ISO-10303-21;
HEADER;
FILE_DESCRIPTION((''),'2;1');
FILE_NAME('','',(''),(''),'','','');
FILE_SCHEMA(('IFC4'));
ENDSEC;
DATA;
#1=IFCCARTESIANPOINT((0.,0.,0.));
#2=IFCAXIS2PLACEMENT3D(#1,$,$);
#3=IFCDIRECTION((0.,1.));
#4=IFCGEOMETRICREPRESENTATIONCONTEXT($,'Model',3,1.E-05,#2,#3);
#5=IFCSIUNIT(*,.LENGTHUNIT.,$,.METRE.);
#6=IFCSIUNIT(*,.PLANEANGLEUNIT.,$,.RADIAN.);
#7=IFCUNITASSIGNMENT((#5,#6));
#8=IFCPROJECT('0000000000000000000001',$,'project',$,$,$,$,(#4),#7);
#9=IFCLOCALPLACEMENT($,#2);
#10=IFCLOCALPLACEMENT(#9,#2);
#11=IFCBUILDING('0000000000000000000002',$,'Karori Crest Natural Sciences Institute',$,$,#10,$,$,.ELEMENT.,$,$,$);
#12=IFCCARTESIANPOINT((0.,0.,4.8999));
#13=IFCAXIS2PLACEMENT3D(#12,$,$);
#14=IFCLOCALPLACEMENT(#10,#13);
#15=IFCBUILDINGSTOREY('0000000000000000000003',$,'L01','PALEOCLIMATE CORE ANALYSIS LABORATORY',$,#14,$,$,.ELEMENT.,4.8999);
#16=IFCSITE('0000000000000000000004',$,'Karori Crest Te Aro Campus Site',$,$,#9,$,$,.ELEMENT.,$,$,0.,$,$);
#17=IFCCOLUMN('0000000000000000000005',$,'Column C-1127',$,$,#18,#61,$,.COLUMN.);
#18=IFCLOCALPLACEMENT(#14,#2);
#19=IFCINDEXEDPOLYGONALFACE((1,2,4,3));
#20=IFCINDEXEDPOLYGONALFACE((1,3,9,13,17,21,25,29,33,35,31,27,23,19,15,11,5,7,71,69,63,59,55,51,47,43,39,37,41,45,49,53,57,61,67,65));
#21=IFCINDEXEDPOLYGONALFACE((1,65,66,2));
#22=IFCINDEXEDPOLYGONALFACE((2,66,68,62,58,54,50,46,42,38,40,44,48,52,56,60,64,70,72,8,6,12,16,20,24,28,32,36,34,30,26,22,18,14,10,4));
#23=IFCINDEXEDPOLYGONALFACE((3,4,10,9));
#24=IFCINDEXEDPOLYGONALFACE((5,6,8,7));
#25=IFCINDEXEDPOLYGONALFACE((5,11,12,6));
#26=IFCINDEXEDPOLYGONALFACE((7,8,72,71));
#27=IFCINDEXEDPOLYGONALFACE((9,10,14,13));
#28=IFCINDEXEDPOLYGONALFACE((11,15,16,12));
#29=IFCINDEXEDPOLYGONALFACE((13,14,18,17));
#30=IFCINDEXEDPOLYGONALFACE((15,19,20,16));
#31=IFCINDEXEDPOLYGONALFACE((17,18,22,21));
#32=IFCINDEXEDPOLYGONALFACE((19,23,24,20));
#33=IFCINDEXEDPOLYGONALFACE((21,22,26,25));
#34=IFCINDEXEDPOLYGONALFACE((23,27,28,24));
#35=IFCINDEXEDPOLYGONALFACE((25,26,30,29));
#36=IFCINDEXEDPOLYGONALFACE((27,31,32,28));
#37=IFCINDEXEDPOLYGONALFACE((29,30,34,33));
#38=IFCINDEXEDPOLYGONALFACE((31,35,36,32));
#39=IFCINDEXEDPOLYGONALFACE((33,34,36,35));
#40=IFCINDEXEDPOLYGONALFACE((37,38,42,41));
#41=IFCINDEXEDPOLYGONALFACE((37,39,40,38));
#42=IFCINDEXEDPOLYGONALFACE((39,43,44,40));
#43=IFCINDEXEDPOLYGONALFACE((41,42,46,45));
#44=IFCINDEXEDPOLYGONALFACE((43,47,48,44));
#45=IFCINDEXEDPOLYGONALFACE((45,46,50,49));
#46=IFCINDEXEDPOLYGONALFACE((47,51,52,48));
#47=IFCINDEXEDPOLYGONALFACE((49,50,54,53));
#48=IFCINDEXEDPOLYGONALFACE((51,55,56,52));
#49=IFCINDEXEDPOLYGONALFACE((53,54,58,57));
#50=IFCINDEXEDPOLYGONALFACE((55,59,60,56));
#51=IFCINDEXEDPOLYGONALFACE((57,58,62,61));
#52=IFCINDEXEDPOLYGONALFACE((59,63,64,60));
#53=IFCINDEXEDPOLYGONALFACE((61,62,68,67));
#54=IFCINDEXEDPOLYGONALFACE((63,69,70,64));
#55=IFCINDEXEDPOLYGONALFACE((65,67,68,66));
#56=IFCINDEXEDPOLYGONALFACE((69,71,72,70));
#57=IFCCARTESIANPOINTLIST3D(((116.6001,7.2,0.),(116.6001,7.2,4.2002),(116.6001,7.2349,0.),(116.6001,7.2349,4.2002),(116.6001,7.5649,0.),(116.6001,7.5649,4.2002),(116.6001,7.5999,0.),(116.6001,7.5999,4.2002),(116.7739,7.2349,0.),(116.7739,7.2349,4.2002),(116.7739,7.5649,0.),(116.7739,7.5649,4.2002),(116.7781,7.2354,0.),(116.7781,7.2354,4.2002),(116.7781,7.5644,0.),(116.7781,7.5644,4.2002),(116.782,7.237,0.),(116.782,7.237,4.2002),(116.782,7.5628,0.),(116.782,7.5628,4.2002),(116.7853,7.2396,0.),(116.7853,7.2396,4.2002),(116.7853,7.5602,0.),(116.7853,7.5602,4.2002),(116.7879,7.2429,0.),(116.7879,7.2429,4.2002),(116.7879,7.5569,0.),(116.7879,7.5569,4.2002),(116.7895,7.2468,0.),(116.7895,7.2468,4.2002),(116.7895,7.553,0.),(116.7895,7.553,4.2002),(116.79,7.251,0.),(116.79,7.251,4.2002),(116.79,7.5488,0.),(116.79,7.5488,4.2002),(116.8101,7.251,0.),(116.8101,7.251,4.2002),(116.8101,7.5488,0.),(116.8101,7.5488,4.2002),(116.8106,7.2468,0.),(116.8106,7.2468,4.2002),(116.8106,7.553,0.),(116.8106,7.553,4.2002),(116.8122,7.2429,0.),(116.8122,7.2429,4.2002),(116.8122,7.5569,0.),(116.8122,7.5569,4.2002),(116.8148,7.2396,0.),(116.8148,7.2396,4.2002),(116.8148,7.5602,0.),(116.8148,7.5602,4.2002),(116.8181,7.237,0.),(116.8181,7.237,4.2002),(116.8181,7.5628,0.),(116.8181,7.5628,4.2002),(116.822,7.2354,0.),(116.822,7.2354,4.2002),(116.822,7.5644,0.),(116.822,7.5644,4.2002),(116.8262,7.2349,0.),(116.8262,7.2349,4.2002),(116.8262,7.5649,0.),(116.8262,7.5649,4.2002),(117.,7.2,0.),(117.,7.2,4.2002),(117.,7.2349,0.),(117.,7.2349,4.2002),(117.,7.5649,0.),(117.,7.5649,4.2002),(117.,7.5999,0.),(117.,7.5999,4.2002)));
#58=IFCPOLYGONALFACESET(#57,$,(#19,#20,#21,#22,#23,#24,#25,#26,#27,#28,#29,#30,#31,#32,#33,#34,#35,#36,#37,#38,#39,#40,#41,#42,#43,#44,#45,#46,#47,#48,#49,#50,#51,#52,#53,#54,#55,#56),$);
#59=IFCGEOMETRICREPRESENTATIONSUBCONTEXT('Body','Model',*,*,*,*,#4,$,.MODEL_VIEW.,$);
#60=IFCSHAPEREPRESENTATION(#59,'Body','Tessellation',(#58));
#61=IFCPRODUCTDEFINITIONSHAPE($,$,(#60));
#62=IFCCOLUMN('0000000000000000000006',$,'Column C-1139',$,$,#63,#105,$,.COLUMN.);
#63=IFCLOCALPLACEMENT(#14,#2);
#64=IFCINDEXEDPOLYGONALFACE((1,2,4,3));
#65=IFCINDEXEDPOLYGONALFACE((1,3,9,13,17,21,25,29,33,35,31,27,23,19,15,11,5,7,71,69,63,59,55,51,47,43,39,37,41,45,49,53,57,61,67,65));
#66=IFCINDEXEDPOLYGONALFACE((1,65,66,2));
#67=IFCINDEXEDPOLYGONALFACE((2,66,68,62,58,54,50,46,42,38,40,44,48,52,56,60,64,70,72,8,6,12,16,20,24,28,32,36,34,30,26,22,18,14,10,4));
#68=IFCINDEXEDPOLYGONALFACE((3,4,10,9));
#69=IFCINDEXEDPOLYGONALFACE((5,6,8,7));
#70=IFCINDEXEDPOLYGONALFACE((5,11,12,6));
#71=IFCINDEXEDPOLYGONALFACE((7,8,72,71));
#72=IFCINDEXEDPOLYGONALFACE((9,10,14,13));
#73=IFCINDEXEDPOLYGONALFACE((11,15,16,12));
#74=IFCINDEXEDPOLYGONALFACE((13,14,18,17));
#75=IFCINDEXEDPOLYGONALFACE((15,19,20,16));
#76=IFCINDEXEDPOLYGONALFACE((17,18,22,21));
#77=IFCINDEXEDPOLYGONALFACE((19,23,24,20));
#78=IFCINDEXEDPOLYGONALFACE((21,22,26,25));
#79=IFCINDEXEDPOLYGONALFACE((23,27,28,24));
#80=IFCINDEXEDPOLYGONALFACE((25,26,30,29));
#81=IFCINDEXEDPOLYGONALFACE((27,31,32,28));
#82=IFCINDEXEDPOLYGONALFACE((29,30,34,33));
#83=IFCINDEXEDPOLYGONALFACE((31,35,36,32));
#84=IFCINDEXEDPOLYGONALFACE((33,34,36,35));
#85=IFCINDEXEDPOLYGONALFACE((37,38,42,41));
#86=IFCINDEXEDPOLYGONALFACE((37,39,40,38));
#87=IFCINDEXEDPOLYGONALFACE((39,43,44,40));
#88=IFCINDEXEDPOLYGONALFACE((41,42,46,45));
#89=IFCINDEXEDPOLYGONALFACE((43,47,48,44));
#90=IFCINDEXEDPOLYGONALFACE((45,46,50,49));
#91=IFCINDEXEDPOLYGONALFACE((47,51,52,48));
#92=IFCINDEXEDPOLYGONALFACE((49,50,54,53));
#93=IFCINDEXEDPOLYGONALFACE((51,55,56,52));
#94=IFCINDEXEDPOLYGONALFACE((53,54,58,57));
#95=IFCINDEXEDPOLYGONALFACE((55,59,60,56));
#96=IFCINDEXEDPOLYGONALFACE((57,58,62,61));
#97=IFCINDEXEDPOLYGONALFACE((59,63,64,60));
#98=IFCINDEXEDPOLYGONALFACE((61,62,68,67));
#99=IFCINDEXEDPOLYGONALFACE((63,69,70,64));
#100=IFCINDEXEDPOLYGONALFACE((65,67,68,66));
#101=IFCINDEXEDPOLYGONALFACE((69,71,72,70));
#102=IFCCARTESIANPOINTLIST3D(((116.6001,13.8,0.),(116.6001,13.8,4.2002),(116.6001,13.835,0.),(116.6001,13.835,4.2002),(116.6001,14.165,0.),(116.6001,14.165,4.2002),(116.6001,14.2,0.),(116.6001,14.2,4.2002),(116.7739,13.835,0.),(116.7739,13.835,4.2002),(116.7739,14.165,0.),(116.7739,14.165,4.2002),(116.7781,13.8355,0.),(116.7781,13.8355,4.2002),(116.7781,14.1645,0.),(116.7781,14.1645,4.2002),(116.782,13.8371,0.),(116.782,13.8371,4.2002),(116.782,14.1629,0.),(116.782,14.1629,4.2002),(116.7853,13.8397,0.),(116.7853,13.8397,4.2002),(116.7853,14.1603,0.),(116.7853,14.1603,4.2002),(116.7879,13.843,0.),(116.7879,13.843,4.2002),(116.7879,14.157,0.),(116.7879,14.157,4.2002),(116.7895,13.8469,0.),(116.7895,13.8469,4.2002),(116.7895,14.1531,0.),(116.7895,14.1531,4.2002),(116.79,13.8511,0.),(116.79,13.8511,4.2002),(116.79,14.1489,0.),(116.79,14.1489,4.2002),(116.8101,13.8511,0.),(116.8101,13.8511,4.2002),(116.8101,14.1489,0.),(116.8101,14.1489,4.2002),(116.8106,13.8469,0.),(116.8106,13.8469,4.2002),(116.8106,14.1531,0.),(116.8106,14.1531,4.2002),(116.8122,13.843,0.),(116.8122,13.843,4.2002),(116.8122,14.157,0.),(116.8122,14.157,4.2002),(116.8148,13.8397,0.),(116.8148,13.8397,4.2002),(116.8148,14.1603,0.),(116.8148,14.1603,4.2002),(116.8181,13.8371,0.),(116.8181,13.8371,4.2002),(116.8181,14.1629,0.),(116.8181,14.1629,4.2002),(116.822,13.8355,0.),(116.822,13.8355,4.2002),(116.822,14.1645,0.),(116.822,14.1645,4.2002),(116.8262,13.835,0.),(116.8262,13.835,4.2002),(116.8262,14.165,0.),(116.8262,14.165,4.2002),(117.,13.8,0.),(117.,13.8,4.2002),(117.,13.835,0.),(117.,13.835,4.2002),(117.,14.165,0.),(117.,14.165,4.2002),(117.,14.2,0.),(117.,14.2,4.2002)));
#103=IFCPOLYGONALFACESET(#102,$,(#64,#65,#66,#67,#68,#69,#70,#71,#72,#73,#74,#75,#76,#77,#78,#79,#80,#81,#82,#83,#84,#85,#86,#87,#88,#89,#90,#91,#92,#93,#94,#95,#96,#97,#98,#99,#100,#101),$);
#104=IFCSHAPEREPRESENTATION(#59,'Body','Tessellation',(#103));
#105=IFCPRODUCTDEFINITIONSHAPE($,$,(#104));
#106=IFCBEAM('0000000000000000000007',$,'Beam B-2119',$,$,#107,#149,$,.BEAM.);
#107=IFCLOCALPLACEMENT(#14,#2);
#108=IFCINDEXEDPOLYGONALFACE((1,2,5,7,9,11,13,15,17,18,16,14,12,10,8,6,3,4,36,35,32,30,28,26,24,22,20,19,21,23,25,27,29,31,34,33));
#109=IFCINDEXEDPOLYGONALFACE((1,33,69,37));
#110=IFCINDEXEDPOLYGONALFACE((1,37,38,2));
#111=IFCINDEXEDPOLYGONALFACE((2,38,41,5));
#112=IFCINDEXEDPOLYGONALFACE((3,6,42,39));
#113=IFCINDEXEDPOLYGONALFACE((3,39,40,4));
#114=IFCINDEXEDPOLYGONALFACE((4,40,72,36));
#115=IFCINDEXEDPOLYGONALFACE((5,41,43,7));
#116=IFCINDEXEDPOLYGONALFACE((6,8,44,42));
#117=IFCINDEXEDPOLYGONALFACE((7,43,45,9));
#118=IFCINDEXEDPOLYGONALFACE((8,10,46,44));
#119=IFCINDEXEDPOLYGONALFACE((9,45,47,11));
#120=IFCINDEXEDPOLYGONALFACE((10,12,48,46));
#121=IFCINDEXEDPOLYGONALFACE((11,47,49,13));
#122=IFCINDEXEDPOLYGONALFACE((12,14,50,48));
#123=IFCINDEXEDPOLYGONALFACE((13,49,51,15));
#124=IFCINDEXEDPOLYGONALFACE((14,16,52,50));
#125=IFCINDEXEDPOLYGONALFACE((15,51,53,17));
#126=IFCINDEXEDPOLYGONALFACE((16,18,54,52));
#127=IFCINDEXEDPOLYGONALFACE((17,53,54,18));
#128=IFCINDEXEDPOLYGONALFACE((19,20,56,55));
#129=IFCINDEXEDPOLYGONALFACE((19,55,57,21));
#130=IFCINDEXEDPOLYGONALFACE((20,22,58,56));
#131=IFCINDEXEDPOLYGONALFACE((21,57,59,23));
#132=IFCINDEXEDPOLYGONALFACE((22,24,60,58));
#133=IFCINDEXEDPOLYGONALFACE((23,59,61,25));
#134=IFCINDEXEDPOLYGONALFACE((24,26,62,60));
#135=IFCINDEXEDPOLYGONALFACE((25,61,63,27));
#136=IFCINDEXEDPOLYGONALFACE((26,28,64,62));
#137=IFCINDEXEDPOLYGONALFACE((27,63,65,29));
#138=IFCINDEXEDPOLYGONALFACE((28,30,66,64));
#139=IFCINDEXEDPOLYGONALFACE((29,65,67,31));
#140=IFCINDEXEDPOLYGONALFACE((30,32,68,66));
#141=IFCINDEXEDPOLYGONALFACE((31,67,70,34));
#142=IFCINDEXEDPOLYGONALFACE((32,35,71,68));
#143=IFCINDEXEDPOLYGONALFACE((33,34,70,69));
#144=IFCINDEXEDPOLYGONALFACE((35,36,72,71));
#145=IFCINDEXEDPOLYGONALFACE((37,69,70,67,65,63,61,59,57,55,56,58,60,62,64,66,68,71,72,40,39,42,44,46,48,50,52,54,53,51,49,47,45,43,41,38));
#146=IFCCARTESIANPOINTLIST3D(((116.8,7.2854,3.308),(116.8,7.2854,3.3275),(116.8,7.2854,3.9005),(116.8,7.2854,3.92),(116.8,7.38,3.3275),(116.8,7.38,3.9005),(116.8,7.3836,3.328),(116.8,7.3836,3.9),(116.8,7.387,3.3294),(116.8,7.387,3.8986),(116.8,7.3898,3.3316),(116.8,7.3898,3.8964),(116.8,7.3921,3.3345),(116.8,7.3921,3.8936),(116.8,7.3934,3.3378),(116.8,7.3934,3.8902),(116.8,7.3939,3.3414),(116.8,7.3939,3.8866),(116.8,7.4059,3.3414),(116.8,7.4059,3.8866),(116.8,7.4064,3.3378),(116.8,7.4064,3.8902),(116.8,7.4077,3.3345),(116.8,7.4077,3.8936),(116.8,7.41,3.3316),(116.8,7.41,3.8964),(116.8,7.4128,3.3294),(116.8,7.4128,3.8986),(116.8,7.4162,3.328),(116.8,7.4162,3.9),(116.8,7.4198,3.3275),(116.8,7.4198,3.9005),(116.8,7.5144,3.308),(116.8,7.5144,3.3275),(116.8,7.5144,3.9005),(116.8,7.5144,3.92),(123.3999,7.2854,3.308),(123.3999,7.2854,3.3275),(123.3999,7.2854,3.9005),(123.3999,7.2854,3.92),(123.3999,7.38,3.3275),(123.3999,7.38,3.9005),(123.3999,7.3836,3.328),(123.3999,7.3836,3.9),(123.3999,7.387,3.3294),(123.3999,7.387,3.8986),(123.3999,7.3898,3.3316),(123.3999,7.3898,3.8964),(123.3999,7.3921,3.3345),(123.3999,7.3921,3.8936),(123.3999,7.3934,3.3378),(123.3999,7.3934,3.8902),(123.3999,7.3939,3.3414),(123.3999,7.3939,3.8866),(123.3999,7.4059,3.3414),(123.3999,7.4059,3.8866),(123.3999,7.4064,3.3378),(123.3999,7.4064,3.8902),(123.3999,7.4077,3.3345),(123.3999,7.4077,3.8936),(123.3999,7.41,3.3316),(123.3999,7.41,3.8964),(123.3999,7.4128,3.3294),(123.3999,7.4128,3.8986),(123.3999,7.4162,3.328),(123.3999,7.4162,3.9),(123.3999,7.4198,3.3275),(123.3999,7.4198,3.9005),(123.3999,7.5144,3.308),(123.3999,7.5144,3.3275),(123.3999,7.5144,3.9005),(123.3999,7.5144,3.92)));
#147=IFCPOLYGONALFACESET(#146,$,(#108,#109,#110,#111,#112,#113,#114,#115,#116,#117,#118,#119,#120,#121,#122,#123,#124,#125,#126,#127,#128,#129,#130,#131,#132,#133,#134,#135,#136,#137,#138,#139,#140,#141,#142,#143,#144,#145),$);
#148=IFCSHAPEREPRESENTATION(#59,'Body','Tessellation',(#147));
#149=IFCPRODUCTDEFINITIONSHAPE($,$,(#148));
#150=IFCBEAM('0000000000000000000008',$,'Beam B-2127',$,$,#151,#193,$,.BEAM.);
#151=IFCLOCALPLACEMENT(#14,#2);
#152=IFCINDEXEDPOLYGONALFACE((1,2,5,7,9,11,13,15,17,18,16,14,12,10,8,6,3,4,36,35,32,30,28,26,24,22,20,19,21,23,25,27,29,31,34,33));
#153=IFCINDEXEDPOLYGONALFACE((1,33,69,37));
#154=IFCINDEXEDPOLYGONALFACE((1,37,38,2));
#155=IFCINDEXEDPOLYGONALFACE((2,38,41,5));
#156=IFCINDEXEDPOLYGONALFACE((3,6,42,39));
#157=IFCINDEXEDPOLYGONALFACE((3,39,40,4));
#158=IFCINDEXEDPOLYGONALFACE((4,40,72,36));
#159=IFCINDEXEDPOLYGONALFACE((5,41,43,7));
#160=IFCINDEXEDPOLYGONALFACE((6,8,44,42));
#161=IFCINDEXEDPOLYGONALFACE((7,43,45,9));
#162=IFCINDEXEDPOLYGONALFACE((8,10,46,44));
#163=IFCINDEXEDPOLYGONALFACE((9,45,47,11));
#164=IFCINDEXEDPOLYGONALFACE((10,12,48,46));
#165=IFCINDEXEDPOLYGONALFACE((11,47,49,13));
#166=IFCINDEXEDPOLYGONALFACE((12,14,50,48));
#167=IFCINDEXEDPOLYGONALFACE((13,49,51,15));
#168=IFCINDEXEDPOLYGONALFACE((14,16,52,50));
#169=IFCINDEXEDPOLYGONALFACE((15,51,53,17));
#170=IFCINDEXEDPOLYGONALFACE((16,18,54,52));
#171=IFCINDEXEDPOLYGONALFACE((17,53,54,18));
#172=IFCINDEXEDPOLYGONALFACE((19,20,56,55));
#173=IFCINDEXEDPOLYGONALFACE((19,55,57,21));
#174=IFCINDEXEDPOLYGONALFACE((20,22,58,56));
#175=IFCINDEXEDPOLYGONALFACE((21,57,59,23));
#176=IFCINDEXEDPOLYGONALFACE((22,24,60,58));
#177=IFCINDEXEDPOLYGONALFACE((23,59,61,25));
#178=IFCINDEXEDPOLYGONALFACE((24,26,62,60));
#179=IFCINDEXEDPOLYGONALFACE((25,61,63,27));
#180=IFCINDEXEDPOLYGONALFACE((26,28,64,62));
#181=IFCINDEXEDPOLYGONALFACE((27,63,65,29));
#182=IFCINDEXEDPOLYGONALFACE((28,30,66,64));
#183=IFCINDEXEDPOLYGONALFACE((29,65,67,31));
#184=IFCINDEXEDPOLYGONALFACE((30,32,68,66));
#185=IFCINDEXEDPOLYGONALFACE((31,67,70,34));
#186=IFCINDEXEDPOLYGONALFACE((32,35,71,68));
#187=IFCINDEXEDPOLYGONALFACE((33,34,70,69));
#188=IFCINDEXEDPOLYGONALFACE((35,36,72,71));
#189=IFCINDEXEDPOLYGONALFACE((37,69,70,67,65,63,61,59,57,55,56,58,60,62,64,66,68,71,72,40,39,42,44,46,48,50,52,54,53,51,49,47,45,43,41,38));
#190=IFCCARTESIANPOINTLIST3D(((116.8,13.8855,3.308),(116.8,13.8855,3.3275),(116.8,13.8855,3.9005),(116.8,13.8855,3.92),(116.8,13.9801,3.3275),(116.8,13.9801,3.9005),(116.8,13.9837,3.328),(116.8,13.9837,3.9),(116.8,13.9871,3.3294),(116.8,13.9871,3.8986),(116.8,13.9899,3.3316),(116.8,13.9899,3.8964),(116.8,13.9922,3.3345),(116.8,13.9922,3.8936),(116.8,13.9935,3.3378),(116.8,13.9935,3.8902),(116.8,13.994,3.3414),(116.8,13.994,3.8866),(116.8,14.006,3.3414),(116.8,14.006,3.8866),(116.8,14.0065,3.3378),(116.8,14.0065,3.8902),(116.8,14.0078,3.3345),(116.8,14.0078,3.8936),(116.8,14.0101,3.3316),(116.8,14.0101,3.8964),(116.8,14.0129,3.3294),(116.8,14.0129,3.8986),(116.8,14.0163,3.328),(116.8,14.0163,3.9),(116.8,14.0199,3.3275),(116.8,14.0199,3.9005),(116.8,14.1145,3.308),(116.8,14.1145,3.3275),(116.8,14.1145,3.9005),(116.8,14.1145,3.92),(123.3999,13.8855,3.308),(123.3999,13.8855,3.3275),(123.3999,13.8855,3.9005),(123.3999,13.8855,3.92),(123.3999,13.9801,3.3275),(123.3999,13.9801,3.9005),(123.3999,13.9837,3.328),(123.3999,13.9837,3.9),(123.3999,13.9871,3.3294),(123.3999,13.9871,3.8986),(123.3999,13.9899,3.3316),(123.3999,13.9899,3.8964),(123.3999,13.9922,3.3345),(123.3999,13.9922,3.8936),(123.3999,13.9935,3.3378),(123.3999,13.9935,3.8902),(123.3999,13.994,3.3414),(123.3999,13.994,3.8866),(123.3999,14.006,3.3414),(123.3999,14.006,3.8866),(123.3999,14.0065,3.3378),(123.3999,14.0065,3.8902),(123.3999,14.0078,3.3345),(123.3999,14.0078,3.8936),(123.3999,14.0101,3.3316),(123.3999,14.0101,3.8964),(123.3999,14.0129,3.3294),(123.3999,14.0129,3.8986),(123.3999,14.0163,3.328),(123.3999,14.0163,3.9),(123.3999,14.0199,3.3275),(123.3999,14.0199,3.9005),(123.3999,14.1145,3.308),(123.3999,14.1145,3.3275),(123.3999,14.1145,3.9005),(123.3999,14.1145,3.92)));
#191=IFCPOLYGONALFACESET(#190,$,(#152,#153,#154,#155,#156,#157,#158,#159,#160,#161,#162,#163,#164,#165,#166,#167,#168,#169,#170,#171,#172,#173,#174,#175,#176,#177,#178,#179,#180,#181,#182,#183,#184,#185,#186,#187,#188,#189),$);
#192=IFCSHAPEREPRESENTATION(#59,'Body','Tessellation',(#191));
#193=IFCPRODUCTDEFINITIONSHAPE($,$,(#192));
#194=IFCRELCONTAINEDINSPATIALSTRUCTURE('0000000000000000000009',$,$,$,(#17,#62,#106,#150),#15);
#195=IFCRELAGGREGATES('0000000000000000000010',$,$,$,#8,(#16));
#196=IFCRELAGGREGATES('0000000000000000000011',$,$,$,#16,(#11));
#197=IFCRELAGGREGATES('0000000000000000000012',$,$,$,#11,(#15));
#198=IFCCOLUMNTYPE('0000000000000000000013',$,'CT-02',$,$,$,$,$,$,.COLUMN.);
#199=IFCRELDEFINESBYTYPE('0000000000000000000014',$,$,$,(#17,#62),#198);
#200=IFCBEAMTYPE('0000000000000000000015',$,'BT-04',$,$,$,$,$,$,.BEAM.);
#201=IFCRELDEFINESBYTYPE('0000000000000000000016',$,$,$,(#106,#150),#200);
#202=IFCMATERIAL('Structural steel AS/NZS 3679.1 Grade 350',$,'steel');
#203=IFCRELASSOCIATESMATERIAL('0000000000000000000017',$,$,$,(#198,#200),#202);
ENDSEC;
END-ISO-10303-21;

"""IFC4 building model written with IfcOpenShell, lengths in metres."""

from ifc_helpers import new_model, si_unit, direction, frame, origin, origin_2d, place, context, subcontext, project, spatial, i_section, extrude, material, material_profile, profile_set, type_object, element, save


model = new_model("IFC4")

# Units and contexts
model_context = context("Model", 3, precision=1e-05, world=origin(), true_north=direction((0.0, 1.0)))
body_context = subcontext(model_context, "Body", "Model", "MODEL_VIEW")
ifc_project = project(units=[si_unit("LENGTHUNIT", "METRE"), si_unit("PLANEANGLEUNIT", "RADIAN")], contexts=[model_context])

# Site, building, storey
site_placement = place(None, origin())
site = spatial("IfcSite", under=ifc_project, at=site_placement, Name="Karori Crest Te Aro Campus Site", CompositionType="ELEMENT", RefElevation=0.0)
building_placement = place(site_placement, origin())
building = spatial("IfcBuilding", under=site, at=building_placement, Name="Karori Crest Natural Sciences Institute", CompositionType="ELEMENT")
storey_placement = place(building_placement, frame((0.0, 0.0, 4.8999)))
storey = spatial("IfcBuildingStorey", under=building, at=storey_placement, Name="L01", Description="PALEOCLIMATE CORE ANALYSIS LABORATORY", CompositionType="ELEMENT", Elevation=4.8999)

# Columns
ifc_material_1 = material(Name="Structural steel AS/NZS 3679.1 Grade 350", Category="steel")
ifc_material_profile_1 = material_profile(ifc_material_1, i_section(OverallWidth=0.3999, OverallDepth=0.3999, WebThickness=0.02, FlangeThickness=0.0349, FilletRadius=0.0161, at=origin_2d()), Name="400WC328")
ifc_profile_set_1 = profile_set([ifc_material_profile_1], Name="Structural steel AS/NZS 3679.1 Grade 350")
column_type = type_object("IfcColumnType", Name="CT-02", PredefinedType="COLUMN", material=ifc_profile_set_1)
for number, where, z_axis, x_axis, name in (
    (1, (116.8, 7.3999, 0.0), (0.0, 0.0, 1.0), (1.0, 0.0, 0.0), "Column C-1127"),
    (2, (116.8, 14.0, 0.0), (0.0, 0.0, 1.0), (1.0, 0.0, 0.0), "Column C-1139"),
):
    element("IfcColumn", number, at=place(storey_placement, frame(where, z_axis=z_axis, x_axis=x_axis)), inside=storey, type_object=column_type, Name=name, PredefinedType="COLUMN", context=body_context, shape_type="SweptSolid", body=[
        extrude(i_section(OverallWidth=0.3999, OverallDepth=0.3999, WebThickness=0.02, FlangeThickness=0.0349, FilletRadius=0.0161, at=origin_2d()), origin(), (0.0, 0.0, 1.0), 4.2002),
    ])

# Beams
ifc_material_profile_2 = material_profile(ifc_material_1, i_section(OverallWidth=0.229, OverallDepth=0.6121, WebThickness=0.012, FlangeThickness=0.0195, FilletRadius=0.0139, at=origin_2d()), Name="610UB125")
ifc_profile_set_2 = profile_set([ifc_material_profile_2], Name="Structural steel AS/NZS 3679.1 Grade 350")
beam_type_1 = type_object("IfcBeamType", Name="BT-04", PredefinedType="BEAM", material=ifc_profile_set_2)
for number, where, z_axis, x_axis, name in (
    (3, (116.8, 7.3999, 3.614), (1.0, 0.0, 0.0), (0.0, 1.0, 0.0), "Beam B-2119"),
    (4, (116.8, 14.0, 3.614), (1.0, 0.0, 0.0), (0.0, 1.0, 0.0), "Beam B-2127"),
):
    element("IfcBeam", number, at=place(storey_placement, frame(where, z_axis=z_axis, x_axis=x_axis)), inside=storey, type_object=beam_type_1, Name=name, PredefinedType="BEAM", context=body_context, shape_type="SweptSolid", body=[
        extrude(i_section(OverallWidth=0.229, OverallDepth=0.6121, WebThickness=0.012, FlangeThickness=0.0195, FilletRadius=0.0139, at=origin_2d()), origin(), (0.0, 0.0, 1.0), 6.5999),
    ])

save(model, "model.ifc")
